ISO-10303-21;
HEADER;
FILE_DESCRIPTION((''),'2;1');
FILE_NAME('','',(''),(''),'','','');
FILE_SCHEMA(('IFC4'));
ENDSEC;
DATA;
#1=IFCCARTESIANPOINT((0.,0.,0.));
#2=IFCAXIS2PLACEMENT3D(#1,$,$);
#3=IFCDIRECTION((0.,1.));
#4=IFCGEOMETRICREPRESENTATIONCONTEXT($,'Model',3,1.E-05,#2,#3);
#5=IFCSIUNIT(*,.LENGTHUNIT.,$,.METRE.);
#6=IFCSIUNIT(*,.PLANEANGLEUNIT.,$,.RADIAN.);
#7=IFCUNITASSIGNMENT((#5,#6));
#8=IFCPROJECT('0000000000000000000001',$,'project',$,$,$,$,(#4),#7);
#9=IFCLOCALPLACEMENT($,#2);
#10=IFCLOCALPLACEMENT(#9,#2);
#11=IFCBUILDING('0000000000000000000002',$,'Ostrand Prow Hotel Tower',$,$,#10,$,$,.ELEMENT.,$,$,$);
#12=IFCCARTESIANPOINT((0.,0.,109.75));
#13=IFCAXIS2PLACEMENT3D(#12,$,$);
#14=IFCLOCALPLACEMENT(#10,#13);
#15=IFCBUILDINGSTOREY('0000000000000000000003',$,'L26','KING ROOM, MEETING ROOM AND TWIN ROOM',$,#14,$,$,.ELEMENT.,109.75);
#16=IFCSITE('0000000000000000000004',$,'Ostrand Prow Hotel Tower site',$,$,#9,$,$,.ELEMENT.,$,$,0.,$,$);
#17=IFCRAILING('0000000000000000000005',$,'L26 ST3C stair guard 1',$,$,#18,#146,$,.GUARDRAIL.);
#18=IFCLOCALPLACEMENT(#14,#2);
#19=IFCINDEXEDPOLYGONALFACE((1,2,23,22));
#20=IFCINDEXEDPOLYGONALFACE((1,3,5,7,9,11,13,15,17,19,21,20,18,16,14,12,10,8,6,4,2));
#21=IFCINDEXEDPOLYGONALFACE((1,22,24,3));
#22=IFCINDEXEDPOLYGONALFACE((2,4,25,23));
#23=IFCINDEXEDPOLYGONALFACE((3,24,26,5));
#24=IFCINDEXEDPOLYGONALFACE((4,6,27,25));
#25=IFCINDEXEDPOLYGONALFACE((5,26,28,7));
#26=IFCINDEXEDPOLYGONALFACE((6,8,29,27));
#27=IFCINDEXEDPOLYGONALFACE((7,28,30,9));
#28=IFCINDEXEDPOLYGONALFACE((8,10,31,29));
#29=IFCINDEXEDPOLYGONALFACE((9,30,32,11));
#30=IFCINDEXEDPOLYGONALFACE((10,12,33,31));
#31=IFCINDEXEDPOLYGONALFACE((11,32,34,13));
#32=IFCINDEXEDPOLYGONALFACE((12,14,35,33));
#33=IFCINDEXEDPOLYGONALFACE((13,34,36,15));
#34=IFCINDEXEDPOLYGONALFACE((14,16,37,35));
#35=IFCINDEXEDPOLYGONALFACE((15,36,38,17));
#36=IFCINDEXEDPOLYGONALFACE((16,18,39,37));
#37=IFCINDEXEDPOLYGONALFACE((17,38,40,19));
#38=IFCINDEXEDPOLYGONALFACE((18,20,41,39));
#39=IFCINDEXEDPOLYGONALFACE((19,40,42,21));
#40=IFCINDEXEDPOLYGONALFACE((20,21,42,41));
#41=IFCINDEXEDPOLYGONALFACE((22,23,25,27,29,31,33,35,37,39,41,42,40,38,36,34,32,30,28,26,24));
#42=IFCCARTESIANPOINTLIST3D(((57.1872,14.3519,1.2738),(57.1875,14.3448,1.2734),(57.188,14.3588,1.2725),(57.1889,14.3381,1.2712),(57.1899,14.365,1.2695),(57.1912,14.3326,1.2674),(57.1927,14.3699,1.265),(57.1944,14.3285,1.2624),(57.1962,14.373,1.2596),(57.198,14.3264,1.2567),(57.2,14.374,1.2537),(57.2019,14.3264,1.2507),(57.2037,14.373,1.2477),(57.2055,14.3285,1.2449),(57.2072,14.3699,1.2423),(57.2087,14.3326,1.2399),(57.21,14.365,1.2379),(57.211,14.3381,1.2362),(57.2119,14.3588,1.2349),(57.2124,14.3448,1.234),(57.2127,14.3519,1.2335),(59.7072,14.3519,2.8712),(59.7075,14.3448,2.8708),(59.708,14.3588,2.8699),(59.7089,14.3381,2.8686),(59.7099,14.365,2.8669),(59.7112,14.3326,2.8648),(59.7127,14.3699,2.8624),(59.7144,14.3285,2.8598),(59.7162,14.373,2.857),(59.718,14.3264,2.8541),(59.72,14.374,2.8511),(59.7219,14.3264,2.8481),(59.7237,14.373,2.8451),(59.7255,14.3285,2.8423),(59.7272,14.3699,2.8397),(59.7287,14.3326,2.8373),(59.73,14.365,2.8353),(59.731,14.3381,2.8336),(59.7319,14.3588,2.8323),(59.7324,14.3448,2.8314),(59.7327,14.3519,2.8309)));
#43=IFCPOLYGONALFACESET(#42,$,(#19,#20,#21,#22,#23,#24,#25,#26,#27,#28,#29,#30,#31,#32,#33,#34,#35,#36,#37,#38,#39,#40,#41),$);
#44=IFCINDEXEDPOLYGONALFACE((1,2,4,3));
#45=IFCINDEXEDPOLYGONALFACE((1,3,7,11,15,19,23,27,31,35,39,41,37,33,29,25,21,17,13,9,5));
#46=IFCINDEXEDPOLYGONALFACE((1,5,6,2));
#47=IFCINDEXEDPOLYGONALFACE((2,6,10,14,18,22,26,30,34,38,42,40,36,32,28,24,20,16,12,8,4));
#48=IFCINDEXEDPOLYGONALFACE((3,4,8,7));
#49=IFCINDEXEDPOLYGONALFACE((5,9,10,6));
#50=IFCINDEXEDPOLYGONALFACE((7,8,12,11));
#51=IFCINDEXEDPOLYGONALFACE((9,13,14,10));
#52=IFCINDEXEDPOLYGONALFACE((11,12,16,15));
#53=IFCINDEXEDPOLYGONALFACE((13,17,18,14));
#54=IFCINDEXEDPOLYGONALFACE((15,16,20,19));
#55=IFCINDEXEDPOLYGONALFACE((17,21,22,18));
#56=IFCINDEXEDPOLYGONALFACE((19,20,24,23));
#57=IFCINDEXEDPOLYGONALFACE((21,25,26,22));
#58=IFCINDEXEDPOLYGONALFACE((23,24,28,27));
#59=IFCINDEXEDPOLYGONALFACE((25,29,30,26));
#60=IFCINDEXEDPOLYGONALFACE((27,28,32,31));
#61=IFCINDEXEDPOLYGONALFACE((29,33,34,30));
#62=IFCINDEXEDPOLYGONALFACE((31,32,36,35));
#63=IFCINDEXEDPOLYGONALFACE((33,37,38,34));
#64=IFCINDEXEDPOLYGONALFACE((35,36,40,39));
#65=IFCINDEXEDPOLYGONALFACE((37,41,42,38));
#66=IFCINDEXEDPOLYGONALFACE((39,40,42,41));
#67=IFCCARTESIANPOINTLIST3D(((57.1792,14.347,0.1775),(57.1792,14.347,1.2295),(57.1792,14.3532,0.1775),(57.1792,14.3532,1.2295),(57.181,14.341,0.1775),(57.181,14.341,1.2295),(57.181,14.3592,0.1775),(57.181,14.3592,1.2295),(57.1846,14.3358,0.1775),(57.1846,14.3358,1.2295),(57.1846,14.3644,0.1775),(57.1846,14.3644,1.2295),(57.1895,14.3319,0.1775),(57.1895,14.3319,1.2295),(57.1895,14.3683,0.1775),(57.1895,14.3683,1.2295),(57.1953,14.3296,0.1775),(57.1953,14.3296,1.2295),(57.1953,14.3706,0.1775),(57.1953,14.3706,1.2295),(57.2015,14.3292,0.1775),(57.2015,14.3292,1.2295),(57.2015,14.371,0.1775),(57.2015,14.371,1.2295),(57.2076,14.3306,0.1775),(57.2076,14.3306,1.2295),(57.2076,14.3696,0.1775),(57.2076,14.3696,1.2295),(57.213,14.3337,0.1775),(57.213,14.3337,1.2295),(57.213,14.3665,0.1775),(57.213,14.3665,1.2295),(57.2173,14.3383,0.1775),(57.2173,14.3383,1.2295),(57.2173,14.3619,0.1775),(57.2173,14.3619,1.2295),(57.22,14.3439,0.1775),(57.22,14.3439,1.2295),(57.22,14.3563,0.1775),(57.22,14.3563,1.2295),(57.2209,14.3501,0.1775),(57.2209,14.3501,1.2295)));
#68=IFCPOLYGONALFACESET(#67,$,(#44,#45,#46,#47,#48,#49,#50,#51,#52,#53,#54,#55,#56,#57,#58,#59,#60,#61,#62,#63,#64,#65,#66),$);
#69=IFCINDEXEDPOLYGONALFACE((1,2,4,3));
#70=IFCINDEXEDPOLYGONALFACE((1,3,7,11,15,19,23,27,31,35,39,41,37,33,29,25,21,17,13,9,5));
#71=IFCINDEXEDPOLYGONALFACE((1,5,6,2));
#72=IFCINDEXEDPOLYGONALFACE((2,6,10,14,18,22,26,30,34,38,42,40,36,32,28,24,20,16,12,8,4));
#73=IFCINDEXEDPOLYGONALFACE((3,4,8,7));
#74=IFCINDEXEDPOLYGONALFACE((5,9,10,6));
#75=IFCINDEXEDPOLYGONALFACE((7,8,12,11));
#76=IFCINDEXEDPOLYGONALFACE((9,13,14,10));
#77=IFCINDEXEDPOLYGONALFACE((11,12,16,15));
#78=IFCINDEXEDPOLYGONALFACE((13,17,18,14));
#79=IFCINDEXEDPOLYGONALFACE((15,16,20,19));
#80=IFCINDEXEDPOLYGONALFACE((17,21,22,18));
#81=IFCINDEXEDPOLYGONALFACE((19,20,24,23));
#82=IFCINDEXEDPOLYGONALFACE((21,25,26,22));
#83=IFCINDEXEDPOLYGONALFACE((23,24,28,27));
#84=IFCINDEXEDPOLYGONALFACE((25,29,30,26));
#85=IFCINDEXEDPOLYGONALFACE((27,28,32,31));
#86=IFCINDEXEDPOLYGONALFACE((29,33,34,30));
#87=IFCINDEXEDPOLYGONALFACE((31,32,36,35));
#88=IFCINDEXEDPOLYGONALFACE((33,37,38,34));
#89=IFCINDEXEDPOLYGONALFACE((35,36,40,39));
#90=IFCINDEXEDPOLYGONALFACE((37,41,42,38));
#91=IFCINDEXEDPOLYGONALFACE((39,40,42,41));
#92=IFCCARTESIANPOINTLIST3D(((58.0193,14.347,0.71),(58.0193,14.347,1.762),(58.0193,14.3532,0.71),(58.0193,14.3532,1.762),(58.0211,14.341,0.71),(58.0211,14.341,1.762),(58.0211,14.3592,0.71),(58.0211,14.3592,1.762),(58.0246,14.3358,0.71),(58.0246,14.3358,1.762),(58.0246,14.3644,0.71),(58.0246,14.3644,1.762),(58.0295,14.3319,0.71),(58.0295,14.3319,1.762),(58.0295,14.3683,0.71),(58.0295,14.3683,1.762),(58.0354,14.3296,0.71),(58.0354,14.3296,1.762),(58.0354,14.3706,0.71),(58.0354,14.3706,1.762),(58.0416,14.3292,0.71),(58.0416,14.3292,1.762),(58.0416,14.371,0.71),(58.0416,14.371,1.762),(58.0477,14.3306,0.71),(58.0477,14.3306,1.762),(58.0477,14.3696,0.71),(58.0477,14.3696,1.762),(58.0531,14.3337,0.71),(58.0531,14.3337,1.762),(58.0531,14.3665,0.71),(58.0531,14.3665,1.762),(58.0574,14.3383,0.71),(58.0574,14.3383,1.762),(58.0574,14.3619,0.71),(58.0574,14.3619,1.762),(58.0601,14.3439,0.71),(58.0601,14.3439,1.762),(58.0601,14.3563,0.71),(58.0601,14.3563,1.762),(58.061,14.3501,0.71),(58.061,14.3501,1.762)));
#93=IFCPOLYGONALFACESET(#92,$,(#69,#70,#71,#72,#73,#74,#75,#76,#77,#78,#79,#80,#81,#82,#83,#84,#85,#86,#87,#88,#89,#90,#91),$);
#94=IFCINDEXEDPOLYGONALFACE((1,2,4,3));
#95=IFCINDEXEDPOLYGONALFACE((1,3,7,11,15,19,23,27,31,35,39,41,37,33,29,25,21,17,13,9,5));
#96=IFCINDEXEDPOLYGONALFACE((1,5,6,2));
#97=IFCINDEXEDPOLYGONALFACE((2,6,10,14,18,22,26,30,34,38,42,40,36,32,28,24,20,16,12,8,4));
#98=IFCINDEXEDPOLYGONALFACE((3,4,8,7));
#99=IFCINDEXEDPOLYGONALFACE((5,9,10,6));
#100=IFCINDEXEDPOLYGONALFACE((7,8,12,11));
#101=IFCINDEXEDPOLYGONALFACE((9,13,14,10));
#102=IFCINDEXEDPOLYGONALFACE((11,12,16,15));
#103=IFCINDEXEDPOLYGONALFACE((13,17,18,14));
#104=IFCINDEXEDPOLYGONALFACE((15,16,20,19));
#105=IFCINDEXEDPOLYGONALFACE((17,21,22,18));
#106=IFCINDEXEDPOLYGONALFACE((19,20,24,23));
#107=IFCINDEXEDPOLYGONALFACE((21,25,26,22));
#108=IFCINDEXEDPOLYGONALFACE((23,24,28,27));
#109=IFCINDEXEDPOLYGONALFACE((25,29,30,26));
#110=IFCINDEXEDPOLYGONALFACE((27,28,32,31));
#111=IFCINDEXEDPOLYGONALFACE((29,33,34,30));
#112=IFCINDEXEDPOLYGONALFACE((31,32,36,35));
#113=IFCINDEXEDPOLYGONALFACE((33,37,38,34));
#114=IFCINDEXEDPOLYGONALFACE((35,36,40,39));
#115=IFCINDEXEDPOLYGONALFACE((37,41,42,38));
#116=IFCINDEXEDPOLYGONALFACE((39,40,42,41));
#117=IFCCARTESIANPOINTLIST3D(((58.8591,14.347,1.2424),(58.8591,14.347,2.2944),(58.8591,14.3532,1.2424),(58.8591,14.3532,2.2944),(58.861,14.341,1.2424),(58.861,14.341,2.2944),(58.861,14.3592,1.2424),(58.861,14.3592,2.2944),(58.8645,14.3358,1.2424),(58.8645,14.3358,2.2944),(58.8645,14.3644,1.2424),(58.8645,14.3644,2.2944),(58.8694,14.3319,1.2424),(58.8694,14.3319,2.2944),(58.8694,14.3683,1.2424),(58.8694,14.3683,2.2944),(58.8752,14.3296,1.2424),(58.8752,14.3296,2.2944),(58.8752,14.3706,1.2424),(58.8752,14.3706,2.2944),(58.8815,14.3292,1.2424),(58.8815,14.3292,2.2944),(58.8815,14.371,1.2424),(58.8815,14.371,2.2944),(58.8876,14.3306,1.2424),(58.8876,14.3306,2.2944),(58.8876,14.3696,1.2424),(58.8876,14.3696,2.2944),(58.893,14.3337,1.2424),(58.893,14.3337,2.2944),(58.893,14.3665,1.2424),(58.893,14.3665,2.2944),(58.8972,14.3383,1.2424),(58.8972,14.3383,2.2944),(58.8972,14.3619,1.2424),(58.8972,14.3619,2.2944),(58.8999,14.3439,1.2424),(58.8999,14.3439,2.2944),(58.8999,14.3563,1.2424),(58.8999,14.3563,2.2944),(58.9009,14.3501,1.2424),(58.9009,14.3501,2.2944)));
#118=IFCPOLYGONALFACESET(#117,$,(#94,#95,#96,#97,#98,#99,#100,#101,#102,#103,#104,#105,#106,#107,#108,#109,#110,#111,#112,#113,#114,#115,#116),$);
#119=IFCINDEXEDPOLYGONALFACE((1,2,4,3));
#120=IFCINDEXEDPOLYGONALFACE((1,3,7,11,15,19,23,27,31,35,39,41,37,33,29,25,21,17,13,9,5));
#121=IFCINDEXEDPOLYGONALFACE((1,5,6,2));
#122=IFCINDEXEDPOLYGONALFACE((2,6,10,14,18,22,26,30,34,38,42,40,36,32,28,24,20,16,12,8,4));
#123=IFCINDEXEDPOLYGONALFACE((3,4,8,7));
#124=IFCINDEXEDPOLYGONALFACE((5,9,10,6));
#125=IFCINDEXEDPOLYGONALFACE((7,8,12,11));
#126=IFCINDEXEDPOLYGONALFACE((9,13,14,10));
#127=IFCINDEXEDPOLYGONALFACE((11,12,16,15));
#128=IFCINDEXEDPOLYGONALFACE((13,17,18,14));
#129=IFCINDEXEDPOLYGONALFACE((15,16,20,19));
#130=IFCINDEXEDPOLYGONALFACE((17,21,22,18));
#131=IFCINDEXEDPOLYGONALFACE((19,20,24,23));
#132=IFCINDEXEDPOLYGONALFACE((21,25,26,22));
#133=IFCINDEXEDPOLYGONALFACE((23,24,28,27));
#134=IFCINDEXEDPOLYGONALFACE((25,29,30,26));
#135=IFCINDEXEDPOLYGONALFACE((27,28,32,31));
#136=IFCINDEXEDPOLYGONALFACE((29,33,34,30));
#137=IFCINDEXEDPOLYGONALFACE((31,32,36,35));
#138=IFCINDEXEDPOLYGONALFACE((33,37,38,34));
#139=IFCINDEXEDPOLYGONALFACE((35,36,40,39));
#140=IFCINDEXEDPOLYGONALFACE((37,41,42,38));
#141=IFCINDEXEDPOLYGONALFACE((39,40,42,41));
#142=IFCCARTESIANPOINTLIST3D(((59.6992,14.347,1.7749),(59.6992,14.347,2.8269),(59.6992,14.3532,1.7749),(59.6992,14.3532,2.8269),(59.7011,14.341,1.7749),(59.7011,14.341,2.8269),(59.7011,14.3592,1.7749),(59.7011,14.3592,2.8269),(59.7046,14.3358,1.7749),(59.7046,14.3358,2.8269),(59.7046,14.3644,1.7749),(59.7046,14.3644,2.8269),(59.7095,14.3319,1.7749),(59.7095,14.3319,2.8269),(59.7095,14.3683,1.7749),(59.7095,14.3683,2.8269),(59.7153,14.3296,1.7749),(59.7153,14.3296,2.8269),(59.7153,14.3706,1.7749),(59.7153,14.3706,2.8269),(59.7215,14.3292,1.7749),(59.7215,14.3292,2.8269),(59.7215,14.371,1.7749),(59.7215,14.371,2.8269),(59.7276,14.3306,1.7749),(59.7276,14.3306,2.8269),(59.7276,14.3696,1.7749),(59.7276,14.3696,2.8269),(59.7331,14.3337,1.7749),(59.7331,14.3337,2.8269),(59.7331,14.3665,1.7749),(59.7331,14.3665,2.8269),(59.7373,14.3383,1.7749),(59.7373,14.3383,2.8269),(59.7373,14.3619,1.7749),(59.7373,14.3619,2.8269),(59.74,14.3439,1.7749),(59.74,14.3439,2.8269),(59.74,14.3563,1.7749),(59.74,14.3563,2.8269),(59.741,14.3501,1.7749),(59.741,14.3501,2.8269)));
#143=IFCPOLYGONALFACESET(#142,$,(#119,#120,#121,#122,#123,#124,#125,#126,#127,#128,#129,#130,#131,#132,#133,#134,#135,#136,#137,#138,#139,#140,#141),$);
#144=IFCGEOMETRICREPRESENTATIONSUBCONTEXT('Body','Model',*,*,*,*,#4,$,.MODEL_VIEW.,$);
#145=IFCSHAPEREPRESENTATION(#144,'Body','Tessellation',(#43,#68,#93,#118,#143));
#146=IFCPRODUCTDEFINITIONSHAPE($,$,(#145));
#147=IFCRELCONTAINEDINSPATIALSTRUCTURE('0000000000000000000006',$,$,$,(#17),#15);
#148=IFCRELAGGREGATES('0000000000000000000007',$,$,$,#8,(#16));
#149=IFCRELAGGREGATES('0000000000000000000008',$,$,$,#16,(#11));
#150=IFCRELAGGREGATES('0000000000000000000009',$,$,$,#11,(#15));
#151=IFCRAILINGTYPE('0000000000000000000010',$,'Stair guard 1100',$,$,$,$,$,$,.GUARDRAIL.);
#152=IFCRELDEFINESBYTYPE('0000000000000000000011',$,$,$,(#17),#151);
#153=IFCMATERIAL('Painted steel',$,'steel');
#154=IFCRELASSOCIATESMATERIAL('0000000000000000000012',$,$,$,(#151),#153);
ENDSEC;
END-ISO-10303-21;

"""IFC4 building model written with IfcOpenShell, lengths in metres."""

from ifc_helpers import new_model, si_unit, direction, frame, origin, origin_2d, place, context, subcontext, project, spatial, circle, extrude, material, type_object, element, save


model = new_model("IFC4")

# Units and contexts
model_context = context("Model", 3, precision=1e-05, world=origin(), true_north=direction((0.0, 1.0)))
body_context = subcontext(model_context, "Body", "Model", "MODEL_VIEW")
ifc_project = project(units=[si_unit("LENGTHUNIT", "METRE"), si_unit("PLANEANGLEUNIT", "RADIAN")], contexts=[model_context])

# Site, building, storey
site_placement = place(None, origin())
site = spatial("IfcSite", under=ifc_project, at=site_placement, Name="Ostrand Prow Hotel Tower site", CompositionType="ELEMENT", RefElevation=0.0)
building_placement = place(site_placement, origin())
building = spatial("IfcBuilding", under=site, at=building_placement, Name="Ostrand Prow Hotel Tower", CompositionType="ELEMENT")
storey_placement = place(building_placement, frame((0.0, 0.0, 109.75)))
storey = spatial("IfcBuildingStorey", under=building, at=storey_placement, Name="L26", Description="KING ROOM, MEETING ROOM AND TWIN ROOM", CompositionType="ELEMENT", Elevation=109.75)

# Railing
ifc_material_1 = material(Name="Painted steel", Category="steel")
railing_type_1 = type_object("IfcRailingType", Name="Stair guard 1100", PredefinedType="GUARDRAIL", material=ifc_material_1)
railing_1_placement = place(storey_placement, frame((57.2, 14.3501, 0.1775)))
element("IfcRailing", 1, at=railing_1_placement, inside=storey, type_object=railing_type_1, Name="L26 ST3C stair guard 1", PredefinedType="GUARDRAIL", context=body_context, shape_type="SweptSolid", body=[
    extrude(circle(Radius=0.0239, at=origin_2d()), frame((0.0, 0.0, 1.0762), z_axis=(0.844607, 0.0, 0.535387), x_axis=(0.0, 1.0, 0.0)), (0.0, 0.0, 1.0), 2.9836),
    extrude(circle(Radius=0.021, at=origin_2d()), origin(), (0.0, 0.0, 1.0), 1.052),
    extrude(circle(Radius=0.021, at=origin_2d()), frame((0.8401, 0.0, 0.5325)), (0.0, 0.0, 1.0), 1.052),
    extrude(circle(Radius=0.021, at=origin_2d()), frame((1.6799, 0.0, 1.0649)), (0.0, 0.0, 1.0), 1.052),
    extrude(circle(Radius=0.021, at=origin_2d()), frame((2.52, 0.0, 1.5974)), (0.0, 0.0, 1.0), 1.052),
])

save(model, "model.ifc")
